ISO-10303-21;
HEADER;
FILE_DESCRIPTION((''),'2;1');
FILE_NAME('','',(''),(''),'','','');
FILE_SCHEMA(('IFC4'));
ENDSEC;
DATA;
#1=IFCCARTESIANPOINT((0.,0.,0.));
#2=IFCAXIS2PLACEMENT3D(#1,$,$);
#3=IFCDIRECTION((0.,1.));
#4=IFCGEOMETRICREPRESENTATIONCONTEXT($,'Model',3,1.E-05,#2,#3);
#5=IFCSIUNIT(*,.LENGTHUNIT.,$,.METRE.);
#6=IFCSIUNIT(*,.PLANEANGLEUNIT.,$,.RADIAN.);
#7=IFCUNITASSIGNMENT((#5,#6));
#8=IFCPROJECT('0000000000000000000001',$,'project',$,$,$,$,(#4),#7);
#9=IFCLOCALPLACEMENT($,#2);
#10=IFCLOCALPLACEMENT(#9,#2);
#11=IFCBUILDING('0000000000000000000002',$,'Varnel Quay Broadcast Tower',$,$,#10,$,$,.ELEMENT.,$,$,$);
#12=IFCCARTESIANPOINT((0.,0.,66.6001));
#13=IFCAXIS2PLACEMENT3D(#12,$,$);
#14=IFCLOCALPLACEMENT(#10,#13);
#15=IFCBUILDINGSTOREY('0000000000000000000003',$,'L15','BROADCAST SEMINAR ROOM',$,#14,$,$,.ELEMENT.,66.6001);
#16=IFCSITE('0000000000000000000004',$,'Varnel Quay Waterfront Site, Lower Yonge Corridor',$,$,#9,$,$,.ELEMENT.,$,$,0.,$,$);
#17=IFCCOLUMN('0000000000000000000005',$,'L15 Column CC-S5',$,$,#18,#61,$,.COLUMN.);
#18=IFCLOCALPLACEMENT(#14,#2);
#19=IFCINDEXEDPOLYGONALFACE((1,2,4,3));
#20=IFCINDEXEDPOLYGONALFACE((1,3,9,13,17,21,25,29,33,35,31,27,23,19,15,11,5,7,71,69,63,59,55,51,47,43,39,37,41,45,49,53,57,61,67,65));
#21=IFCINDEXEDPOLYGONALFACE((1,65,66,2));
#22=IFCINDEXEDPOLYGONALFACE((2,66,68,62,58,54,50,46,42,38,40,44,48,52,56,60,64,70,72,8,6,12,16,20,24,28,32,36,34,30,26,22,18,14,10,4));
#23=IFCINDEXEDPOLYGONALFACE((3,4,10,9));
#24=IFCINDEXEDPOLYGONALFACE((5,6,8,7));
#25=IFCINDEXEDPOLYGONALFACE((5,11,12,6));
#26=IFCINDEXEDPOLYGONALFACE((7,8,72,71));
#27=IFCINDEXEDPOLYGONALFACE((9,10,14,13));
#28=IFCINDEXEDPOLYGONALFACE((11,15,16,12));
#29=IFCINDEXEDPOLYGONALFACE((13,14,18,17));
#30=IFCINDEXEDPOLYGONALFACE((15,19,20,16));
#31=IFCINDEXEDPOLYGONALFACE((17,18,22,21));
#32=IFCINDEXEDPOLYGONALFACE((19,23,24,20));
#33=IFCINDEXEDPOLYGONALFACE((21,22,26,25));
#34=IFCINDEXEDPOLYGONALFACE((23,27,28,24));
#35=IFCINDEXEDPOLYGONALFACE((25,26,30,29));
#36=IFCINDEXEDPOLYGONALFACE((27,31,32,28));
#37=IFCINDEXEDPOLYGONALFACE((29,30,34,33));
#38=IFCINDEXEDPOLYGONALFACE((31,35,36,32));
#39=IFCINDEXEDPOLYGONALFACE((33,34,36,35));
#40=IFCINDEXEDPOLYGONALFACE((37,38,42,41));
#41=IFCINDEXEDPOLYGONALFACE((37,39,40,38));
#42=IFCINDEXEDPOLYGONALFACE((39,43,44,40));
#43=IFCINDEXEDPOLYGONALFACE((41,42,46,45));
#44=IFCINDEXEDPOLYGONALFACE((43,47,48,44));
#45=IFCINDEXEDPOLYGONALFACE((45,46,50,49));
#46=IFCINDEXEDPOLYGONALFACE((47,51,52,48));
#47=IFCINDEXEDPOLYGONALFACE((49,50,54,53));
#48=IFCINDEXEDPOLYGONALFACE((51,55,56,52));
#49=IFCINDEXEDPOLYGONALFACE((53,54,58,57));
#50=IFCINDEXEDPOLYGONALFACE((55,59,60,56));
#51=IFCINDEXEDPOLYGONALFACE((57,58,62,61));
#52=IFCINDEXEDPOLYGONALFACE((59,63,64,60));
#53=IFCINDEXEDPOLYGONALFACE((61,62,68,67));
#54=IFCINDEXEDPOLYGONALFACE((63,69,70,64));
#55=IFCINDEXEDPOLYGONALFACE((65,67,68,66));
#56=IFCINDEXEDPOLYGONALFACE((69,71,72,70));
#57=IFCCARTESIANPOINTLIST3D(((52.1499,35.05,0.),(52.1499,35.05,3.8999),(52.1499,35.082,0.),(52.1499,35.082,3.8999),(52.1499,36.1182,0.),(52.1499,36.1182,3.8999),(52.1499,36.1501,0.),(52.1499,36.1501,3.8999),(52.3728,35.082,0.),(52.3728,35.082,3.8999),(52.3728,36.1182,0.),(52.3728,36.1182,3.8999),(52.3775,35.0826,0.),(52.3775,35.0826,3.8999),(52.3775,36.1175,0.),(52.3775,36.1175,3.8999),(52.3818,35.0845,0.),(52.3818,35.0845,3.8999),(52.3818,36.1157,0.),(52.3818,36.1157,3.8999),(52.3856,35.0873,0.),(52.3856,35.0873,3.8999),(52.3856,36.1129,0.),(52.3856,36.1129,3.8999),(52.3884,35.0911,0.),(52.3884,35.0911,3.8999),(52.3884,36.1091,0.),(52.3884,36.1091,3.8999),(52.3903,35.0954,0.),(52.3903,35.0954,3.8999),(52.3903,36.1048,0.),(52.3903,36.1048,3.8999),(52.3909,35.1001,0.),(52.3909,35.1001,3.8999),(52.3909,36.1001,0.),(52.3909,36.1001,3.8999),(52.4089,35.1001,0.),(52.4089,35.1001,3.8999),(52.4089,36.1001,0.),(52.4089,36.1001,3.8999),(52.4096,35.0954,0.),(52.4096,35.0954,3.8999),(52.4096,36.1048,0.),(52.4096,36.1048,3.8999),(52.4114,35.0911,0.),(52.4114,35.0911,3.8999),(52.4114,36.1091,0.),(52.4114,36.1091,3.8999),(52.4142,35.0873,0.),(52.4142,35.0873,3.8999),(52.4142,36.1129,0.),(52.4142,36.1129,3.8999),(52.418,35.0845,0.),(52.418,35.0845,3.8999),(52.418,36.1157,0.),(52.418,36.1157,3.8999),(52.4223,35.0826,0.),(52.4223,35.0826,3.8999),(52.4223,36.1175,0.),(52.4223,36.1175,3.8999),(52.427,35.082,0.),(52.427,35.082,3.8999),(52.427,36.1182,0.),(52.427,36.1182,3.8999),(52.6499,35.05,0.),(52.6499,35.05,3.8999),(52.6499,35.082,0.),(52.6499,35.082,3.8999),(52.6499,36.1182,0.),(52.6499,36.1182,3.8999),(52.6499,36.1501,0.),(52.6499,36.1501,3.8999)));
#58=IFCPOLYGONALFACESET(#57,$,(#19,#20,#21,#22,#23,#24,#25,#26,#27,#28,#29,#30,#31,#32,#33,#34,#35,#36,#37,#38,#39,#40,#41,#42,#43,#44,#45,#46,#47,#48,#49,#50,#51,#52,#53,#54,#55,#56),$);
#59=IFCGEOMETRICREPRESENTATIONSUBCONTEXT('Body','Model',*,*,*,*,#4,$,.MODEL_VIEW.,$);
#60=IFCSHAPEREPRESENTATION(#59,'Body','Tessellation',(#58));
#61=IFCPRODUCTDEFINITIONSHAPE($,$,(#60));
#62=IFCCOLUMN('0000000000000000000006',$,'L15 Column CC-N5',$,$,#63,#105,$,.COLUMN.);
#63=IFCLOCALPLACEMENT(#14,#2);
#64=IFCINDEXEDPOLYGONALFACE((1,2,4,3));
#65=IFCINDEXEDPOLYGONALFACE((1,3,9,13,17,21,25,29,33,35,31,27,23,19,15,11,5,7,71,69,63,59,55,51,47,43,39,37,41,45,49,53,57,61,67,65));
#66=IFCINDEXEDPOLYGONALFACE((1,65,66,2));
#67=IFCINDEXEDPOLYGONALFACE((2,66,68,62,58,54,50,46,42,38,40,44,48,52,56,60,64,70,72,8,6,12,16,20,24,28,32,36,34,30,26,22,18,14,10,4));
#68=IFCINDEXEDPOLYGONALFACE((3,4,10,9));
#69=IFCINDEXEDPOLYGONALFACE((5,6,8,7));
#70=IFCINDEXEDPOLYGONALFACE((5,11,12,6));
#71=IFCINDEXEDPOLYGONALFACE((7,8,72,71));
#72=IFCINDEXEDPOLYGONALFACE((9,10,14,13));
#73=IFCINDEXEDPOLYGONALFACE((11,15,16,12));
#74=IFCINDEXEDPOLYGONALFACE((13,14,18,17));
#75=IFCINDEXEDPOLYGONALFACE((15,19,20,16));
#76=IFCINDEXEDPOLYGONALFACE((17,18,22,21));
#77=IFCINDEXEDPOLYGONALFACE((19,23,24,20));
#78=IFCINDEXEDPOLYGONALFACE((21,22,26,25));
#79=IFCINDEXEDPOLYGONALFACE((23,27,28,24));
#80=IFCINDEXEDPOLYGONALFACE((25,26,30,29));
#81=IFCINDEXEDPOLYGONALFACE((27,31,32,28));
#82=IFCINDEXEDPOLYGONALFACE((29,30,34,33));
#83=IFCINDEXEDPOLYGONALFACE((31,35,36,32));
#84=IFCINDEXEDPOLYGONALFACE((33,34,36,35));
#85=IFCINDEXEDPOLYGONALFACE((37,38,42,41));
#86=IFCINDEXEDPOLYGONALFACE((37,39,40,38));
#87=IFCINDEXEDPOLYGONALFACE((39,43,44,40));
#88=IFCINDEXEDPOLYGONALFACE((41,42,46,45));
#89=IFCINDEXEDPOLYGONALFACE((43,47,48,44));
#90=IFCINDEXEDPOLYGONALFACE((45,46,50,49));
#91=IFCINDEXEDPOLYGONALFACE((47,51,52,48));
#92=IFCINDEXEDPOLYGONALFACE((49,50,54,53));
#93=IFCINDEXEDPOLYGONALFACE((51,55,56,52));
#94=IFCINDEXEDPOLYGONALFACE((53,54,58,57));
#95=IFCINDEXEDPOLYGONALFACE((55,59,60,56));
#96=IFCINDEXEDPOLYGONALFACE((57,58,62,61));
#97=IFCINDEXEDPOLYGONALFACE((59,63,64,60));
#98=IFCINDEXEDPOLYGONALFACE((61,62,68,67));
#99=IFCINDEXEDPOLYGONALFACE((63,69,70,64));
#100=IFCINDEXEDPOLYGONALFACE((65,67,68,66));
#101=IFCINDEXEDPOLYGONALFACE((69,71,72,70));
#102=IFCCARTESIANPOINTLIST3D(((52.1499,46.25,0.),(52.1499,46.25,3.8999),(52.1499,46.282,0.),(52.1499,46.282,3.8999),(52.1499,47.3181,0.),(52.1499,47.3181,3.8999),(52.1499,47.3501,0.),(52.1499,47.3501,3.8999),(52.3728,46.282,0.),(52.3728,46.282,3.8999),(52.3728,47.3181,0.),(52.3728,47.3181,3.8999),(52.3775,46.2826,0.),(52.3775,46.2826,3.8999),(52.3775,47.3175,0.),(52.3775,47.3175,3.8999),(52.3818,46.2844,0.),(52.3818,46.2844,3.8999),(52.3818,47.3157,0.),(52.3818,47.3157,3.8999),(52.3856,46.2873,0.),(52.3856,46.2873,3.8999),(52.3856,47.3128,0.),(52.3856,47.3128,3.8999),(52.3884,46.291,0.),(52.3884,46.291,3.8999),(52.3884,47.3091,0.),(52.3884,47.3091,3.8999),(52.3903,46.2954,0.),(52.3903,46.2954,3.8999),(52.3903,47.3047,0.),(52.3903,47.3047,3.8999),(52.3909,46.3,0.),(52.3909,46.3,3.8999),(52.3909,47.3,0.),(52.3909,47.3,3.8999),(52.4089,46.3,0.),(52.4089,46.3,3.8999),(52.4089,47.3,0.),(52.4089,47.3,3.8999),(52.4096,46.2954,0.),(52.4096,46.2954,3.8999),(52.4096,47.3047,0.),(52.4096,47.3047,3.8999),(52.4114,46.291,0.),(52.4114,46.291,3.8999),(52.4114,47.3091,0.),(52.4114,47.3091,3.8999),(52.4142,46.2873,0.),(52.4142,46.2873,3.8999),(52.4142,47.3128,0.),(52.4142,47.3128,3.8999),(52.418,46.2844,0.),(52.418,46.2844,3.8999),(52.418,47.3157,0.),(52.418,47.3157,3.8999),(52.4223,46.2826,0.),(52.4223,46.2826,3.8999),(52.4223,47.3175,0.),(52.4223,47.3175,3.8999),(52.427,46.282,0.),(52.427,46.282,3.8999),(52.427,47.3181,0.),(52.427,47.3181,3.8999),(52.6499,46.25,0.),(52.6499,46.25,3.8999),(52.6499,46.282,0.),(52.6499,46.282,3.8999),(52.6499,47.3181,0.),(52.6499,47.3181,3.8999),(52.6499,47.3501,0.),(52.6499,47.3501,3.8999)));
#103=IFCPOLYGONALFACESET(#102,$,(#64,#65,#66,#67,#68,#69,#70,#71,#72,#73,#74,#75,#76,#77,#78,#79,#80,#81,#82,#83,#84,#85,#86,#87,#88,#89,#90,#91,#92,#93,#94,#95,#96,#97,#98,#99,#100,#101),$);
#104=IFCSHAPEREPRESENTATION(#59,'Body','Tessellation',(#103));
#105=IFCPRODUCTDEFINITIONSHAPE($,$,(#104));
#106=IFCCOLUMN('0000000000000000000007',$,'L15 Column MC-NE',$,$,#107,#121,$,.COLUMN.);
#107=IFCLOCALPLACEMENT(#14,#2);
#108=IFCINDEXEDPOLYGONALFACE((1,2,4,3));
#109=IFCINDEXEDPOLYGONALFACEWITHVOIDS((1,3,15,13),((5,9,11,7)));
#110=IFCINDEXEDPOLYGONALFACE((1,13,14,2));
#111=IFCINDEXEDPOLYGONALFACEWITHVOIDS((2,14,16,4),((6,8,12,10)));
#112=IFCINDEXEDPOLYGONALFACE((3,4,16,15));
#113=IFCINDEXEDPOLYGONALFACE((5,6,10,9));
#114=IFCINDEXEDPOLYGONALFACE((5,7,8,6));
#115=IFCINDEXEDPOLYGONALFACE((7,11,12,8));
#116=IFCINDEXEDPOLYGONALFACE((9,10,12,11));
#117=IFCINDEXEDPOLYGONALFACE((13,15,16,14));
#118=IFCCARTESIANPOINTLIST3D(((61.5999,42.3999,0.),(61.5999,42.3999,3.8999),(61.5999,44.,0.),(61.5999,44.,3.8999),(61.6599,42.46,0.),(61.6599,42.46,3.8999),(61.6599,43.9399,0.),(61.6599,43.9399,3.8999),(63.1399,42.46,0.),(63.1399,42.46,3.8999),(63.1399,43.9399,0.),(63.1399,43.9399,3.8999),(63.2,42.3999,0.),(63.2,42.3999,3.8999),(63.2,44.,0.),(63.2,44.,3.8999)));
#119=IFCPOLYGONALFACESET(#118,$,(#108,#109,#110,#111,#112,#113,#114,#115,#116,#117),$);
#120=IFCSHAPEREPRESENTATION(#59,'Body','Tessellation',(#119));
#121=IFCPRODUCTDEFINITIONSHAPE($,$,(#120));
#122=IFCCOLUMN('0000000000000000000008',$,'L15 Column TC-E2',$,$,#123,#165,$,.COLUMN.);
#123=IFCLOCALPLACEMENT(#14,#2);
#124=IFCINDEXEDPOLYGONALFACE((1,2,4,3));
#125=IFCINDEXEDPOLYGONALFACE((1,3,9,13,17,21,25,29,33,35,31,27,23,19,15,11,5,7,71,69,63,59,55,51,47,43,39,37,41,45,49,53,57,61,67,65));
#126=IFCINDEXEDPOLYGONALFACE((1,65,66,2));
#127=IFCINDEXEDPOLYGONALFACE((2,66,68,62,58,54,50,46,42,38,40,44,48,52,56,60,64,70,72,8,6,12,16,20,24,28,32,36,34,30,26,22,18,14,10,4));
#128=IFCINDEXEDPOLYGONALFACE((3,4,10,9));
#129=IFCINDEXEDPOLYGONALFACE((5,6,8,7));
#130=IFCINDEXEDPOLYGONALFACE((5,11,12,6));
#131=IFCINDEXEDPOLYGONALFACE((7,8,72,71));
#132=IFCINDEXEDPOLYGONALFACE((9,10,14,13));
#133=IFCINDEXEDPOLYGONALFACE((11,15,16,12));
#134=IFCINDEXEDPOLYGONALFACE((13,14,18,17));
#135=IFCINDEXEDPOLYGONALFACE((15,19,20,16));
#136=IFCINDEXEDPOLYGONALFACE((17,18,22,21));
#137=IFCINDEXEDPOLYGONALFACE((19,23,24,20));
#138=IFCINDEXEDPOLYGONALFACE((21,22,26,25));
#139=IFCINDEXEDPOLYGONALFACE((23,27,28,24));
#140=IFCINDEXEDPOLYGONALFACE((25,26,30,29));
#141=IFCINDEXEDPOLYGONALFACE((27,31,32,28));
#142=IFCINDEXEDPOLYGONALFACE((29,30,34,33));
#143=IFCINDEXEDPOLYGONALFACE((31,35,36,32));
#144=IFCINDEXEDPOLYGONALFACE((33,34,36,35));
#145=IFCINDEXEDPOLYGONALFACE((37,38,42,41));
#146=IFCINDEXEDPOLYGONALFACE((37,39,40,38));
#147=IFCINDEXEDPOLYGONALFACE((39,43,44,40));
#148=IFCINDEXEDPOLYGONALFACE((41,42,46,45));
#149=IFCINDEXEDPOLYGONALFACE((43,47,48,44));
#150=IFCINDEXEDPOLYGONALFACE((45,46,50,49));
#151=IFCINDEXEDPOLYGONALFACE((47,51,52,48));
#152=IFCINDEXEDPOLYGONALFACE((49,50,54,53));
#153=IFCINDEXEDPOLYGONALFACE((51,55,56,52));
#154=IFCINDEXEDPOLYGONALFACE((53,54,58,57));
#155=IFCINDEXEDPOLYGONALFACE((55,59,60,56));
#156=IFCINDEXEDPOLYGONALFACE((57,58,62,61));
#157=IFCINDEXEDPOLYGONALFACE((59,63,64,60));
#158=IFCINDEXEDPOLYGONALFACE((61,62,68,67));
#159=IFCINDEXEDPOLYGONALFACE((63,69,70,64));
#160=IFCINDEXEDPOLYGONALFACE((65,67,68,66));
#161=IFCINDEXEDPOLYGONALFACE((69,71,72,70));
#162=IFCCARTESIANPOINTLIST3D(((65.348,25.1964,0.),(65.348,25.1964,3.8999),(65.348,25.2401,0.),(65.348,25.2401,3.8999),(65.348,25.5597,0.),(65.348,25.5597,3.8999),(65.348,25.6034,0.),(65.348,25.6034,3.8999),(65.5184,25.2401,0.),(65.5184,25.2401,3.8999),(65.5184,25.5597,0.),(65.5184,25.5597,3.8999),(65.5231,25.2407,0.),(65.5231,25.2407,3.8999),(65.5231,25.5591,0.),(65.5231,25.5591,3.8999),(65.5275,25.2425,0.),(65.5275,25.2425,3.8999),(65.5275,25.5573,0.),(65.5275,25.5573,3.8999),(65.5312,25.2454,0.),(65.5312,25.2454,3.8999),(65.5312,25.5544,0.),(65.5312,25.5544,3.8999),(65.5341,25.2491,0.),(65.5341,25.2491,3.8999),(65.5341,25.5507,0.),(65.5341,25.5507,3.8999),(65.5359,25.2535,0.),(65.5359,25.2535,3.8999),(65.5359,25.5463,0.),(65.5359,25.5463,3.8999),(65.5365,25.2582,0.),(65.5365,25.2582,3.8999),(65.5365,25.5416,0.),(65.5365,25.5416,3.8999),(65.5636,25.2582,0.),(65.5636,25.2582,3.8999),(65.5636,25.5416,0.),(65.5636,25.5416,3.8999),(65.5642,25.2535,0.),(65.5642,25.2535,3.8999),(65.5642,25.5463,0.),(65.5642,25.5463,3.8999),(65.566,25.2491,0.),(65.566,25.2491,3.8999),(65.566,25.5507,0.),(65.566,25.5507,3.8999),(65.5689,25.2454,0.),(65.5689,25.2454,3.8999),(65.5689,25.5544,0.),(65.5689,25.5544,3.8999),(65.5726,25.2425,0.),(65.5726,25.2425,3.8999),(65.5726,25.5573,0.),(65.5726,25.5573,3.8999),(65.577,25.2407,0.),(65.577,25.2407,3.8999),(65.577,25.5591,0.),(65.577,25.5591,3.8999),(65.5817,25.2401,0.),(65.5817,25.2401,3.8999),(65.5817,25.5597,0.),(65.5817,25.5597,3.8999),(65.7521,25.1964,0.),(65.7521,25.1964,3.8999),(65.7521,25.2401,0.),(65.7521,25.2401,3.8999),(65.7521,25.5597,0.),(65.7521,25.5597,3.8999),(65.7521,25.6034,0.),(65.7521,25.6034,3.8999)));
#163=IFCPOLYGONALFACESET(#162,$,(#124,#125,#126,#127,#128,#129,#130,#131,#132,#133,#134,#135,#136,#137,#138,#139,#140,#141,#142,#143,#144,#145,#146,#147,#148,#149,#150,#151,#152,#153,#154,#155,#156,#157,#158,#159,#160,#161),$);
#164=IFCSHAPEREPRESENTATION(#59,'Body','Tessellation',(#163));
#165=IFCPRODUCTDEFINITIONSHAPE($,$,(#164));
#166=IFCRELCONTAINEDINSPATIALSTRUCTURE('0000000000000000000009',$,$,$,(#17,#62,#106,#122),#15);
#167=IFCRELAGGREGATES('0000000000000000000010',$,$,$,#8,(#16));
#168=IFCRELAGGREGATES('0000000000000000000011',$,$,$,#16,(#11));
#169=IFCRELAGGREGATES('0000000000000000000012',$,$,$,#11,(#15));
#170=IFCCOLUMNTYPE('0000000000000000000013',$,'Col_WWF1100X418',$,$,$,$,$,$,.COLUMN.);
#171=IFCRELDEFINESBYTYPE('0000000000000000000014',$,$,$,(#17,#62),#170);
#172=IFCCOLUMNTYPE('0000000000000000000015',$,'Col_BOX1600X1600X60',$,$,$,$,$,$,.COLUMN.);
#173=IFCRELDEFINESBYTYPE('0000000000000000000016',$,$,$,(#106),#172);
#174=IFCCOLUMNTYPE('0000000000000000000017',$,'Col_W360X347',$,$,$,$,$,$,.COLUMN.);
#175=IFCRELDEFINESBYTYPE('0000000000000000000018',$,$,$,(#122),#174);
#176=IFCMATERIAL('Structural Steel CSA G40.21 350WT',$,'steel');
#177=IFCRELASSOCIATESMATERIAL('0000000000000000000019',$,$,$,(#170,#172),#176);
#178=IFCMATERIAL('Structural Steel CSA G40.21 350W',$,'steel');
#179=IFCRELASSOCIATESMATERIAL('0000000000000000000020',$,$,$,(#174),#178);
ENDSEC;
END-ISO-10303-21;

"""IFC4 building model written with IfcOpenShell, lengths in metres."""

from ifc_helpers import new_model, si_unit, direction, frame, origin, origin_2d, place, context, subcontext, project, spatial, hollow_rectangle, i_section, extrude, source, transform, mapped, material, material_profile, profile_set, type_object, type_shapes, element, save


model = new_model("IFC4")

# Units and contexts
model_context = context("Model", 3, precision=1e-05, world=origin(), true_north=direction((0.0, 1.0)))
body_context = subcontext(model_context, "Body", "Model", "MODEL_VIEW")
ifc_project = project(units=[si_unit("LENGTHUNIT", "METRE"), si_unit("PLANEANGLEUNIT", "RADIAN")], contexts=[model_context])

# Site, building, storey
site_placement = place(None, origin())
site = spatial("IfcSite", under=ifc_project, at=site_placement, Name="Varnel Quay Waterfront Site, Lower Yonge Corridor", CompositionType="ELEMENT", RefElevation=0.0)
building_placement = place(site_placement, origin())
building = spatial("IfcBuilding", under=site, at=building_placement, Name="Varnel Quay Broadcast Tower", CompositionType="ELEMENT")
storey_placement = place(building_placement, frame((0.0, 0.0, 66.6001)))
storey = spatial("IfcBuildingStorey", under=building, at=storey_placement, Name="L15", Description="BROADCAST SEMINAR ROOM", CompositionType="ELEMENT", Elevation=66.6001)

# Columns
ifc_material_1 = material(Name="Structural Steel CSA G40.21 350WT", Category="steel")
ifc_material_profile_1 = material_profile(ifc_material_1, i_section(OverallWidth=0.5, OverallDepth=1.1001, WebThickness=0.0181, FlangeThickness=0.032, FilletRadius=0.0181, at=origin_2d()), Name="WWF1100X418")
ifc_profile_set_1 = profile_set([ifc_material_profile_1], Name="Structural Steel CSA G40.21 350WT")
column_type_1 = type_object("IfcColumnType", Name="Col_WWF1100X418", PredefinedType="COLUMN", material=ifc_profile_set_1)
shared_shape_1 = source(origin(), body_context, "Body", "SweptSolid", [
    extrude(i_section(OverallWidth=0.5, OverallDepth=1.1001, WebThickness=0.0181, FlangeThickness=0.032, FilletRadius=0.0181, at=origin_2d()), origin(), (0.0, 0.0, 1.0), 3.8999),
])
type_shapes(column_type_1, [shared_shape_1])
for number, where, z_axis, x_axis, name in (
    (1, (52.3999, 35.6001, 0.0), (0.0, 0.0, 1.0), (1.0, 0.0, 0.0), "L15 Column CC-S5"),
    (2, (52.3999, 46.8, 0.0), (0.0, 0.0, 1.0), (1.0, 0.0, 0.0), "L15 Column CC-N5"),
):
    element("IfcColumn", number, at=place(storey_placement, frame(where, z_axis=z_axis, x_axis=x_axis)), inside=storey, type_object=column_type_1, Name=name, PredefinedType="COLUMN", context=body_context, shape_type="MappedRepresentation", body=[
        mapped(shared_shape_1, transform((0.0, 0.0, 0.0), x_axis=(1.0, 0.0, 0.0), y_axis=(0.0, 1.0, 0.0), z_axis=(0.0, 0.0, 1.0), scale=1.0)),
    ])
ifc_material_profile_2 = material_profile(ifc_material_1, hollow_rectangle(XDim=1.6001, YDim=1.6001, WallThickness=0.0601, at=origin_2d()), Name="BOX1600X1600X60")
ifc_profile_set_2 = profile_set([ifc_material_profile_2], Name="Structural Steel CSA G40.21 350WT")
column_type_2 = type_object("IfcColumnType", Name="Col_BOX1600X1600X60", PredefinedType="COLUMN", material=ifc_profile_set_2)
shared_shape_2 = source(origin(), body_context, "Body", "SweptSolid", [
    extrude(hollow_rectangle(XDim=1.6001, YDim=1.6001, WallThickness=0.0601, at=origin_2d()), origin(), (0.0, 0.0, 1.0), 3.8999),
])
type_shapes(column_type_2, [shared_shape_2])
column_placement = place(storey_placement, frame((62.3999, 43.2, 0.0), z_axis=(0.0, 0.0, 1.0), x_axis=(1.0, 0.0, 0.0)))
element("IfcColumn", 3, at=column_placement, inside=storey, type_object=column_type_2, Name="L15 Column MC-NE", PredefinedType="COLUMN", context=body_context, shape_type="MappedRepresentation", body=[
    mapped(shared_shape_2, transform((0.0, 0.0, 0.0), x_axis=(1.0, 0.0, 0.0), y_axis=(0.0, 1.0, 0.0), z_axis=(0.0, 0.0, 1.0), scale=1.0)),
])
ifc_material_2 = material(Name="Structural Steel CSA G40.21 350W", Category="steel")
ifc_material_profile_3 = material_profile(ifc_material_2, i_section(OverallWidth=0.4041, OverallDepth=0.407, WebThickness=0.0271, FlangeThickness=0.0437, FilletRadius=0.0181, at=origin_2d()), Name="W360X347")
ifc_profile_set_3 = profile_set([ifc_material_profile_3], Name="Structural Steel CSA G40.21 350W")
column_type_3 = type_object("IfcColumnType", Name="Col_W360X347", PredefinedType="COLUMN", material=ifc_profile_set_3)
shared_shape_3 = source(origin(), body_context, "Body", "SweptSolid", [
    extrude(i_section(OverallWidth=0.4041, OverallDepth=0.407, WebThickness=0.0271, FlangeThickness=0.0437, FilletRadius=0.0181, at=origin_2d()), origin(), (0.0, 0.0, 1.0), 3.8999),
])
type_shapes(column_type_3, [shared_shape_3])
for number, where, z_axis, x_axis, name in (
    (4, (65.55, 25.3999, 0.0), (0.0, 0.0, 1.0), (1.0, 0.0, 0.0), "L15 Column TC-E2"),
):
    element("IfcColumn", number, at=place(storey_placement, frame(where, z_axis=z_axis, x_axis=x_axis)), inside=storey, type_object=column_type_3, Name=name, PredefinedType="COLUMN", context=body_context, shape_type="MappedRepresentation", body=[
        mapped(shared_shape_3, transform((0.0, 0.0, 0.0), x_axis=(1.0, 0.0, 0.0), y_axis=(0.0, 1.0, 0.0), z_axis=(0.0, 0.0, 1.0), scale=1.0)),
    ])

save(model, "model.ifc")
